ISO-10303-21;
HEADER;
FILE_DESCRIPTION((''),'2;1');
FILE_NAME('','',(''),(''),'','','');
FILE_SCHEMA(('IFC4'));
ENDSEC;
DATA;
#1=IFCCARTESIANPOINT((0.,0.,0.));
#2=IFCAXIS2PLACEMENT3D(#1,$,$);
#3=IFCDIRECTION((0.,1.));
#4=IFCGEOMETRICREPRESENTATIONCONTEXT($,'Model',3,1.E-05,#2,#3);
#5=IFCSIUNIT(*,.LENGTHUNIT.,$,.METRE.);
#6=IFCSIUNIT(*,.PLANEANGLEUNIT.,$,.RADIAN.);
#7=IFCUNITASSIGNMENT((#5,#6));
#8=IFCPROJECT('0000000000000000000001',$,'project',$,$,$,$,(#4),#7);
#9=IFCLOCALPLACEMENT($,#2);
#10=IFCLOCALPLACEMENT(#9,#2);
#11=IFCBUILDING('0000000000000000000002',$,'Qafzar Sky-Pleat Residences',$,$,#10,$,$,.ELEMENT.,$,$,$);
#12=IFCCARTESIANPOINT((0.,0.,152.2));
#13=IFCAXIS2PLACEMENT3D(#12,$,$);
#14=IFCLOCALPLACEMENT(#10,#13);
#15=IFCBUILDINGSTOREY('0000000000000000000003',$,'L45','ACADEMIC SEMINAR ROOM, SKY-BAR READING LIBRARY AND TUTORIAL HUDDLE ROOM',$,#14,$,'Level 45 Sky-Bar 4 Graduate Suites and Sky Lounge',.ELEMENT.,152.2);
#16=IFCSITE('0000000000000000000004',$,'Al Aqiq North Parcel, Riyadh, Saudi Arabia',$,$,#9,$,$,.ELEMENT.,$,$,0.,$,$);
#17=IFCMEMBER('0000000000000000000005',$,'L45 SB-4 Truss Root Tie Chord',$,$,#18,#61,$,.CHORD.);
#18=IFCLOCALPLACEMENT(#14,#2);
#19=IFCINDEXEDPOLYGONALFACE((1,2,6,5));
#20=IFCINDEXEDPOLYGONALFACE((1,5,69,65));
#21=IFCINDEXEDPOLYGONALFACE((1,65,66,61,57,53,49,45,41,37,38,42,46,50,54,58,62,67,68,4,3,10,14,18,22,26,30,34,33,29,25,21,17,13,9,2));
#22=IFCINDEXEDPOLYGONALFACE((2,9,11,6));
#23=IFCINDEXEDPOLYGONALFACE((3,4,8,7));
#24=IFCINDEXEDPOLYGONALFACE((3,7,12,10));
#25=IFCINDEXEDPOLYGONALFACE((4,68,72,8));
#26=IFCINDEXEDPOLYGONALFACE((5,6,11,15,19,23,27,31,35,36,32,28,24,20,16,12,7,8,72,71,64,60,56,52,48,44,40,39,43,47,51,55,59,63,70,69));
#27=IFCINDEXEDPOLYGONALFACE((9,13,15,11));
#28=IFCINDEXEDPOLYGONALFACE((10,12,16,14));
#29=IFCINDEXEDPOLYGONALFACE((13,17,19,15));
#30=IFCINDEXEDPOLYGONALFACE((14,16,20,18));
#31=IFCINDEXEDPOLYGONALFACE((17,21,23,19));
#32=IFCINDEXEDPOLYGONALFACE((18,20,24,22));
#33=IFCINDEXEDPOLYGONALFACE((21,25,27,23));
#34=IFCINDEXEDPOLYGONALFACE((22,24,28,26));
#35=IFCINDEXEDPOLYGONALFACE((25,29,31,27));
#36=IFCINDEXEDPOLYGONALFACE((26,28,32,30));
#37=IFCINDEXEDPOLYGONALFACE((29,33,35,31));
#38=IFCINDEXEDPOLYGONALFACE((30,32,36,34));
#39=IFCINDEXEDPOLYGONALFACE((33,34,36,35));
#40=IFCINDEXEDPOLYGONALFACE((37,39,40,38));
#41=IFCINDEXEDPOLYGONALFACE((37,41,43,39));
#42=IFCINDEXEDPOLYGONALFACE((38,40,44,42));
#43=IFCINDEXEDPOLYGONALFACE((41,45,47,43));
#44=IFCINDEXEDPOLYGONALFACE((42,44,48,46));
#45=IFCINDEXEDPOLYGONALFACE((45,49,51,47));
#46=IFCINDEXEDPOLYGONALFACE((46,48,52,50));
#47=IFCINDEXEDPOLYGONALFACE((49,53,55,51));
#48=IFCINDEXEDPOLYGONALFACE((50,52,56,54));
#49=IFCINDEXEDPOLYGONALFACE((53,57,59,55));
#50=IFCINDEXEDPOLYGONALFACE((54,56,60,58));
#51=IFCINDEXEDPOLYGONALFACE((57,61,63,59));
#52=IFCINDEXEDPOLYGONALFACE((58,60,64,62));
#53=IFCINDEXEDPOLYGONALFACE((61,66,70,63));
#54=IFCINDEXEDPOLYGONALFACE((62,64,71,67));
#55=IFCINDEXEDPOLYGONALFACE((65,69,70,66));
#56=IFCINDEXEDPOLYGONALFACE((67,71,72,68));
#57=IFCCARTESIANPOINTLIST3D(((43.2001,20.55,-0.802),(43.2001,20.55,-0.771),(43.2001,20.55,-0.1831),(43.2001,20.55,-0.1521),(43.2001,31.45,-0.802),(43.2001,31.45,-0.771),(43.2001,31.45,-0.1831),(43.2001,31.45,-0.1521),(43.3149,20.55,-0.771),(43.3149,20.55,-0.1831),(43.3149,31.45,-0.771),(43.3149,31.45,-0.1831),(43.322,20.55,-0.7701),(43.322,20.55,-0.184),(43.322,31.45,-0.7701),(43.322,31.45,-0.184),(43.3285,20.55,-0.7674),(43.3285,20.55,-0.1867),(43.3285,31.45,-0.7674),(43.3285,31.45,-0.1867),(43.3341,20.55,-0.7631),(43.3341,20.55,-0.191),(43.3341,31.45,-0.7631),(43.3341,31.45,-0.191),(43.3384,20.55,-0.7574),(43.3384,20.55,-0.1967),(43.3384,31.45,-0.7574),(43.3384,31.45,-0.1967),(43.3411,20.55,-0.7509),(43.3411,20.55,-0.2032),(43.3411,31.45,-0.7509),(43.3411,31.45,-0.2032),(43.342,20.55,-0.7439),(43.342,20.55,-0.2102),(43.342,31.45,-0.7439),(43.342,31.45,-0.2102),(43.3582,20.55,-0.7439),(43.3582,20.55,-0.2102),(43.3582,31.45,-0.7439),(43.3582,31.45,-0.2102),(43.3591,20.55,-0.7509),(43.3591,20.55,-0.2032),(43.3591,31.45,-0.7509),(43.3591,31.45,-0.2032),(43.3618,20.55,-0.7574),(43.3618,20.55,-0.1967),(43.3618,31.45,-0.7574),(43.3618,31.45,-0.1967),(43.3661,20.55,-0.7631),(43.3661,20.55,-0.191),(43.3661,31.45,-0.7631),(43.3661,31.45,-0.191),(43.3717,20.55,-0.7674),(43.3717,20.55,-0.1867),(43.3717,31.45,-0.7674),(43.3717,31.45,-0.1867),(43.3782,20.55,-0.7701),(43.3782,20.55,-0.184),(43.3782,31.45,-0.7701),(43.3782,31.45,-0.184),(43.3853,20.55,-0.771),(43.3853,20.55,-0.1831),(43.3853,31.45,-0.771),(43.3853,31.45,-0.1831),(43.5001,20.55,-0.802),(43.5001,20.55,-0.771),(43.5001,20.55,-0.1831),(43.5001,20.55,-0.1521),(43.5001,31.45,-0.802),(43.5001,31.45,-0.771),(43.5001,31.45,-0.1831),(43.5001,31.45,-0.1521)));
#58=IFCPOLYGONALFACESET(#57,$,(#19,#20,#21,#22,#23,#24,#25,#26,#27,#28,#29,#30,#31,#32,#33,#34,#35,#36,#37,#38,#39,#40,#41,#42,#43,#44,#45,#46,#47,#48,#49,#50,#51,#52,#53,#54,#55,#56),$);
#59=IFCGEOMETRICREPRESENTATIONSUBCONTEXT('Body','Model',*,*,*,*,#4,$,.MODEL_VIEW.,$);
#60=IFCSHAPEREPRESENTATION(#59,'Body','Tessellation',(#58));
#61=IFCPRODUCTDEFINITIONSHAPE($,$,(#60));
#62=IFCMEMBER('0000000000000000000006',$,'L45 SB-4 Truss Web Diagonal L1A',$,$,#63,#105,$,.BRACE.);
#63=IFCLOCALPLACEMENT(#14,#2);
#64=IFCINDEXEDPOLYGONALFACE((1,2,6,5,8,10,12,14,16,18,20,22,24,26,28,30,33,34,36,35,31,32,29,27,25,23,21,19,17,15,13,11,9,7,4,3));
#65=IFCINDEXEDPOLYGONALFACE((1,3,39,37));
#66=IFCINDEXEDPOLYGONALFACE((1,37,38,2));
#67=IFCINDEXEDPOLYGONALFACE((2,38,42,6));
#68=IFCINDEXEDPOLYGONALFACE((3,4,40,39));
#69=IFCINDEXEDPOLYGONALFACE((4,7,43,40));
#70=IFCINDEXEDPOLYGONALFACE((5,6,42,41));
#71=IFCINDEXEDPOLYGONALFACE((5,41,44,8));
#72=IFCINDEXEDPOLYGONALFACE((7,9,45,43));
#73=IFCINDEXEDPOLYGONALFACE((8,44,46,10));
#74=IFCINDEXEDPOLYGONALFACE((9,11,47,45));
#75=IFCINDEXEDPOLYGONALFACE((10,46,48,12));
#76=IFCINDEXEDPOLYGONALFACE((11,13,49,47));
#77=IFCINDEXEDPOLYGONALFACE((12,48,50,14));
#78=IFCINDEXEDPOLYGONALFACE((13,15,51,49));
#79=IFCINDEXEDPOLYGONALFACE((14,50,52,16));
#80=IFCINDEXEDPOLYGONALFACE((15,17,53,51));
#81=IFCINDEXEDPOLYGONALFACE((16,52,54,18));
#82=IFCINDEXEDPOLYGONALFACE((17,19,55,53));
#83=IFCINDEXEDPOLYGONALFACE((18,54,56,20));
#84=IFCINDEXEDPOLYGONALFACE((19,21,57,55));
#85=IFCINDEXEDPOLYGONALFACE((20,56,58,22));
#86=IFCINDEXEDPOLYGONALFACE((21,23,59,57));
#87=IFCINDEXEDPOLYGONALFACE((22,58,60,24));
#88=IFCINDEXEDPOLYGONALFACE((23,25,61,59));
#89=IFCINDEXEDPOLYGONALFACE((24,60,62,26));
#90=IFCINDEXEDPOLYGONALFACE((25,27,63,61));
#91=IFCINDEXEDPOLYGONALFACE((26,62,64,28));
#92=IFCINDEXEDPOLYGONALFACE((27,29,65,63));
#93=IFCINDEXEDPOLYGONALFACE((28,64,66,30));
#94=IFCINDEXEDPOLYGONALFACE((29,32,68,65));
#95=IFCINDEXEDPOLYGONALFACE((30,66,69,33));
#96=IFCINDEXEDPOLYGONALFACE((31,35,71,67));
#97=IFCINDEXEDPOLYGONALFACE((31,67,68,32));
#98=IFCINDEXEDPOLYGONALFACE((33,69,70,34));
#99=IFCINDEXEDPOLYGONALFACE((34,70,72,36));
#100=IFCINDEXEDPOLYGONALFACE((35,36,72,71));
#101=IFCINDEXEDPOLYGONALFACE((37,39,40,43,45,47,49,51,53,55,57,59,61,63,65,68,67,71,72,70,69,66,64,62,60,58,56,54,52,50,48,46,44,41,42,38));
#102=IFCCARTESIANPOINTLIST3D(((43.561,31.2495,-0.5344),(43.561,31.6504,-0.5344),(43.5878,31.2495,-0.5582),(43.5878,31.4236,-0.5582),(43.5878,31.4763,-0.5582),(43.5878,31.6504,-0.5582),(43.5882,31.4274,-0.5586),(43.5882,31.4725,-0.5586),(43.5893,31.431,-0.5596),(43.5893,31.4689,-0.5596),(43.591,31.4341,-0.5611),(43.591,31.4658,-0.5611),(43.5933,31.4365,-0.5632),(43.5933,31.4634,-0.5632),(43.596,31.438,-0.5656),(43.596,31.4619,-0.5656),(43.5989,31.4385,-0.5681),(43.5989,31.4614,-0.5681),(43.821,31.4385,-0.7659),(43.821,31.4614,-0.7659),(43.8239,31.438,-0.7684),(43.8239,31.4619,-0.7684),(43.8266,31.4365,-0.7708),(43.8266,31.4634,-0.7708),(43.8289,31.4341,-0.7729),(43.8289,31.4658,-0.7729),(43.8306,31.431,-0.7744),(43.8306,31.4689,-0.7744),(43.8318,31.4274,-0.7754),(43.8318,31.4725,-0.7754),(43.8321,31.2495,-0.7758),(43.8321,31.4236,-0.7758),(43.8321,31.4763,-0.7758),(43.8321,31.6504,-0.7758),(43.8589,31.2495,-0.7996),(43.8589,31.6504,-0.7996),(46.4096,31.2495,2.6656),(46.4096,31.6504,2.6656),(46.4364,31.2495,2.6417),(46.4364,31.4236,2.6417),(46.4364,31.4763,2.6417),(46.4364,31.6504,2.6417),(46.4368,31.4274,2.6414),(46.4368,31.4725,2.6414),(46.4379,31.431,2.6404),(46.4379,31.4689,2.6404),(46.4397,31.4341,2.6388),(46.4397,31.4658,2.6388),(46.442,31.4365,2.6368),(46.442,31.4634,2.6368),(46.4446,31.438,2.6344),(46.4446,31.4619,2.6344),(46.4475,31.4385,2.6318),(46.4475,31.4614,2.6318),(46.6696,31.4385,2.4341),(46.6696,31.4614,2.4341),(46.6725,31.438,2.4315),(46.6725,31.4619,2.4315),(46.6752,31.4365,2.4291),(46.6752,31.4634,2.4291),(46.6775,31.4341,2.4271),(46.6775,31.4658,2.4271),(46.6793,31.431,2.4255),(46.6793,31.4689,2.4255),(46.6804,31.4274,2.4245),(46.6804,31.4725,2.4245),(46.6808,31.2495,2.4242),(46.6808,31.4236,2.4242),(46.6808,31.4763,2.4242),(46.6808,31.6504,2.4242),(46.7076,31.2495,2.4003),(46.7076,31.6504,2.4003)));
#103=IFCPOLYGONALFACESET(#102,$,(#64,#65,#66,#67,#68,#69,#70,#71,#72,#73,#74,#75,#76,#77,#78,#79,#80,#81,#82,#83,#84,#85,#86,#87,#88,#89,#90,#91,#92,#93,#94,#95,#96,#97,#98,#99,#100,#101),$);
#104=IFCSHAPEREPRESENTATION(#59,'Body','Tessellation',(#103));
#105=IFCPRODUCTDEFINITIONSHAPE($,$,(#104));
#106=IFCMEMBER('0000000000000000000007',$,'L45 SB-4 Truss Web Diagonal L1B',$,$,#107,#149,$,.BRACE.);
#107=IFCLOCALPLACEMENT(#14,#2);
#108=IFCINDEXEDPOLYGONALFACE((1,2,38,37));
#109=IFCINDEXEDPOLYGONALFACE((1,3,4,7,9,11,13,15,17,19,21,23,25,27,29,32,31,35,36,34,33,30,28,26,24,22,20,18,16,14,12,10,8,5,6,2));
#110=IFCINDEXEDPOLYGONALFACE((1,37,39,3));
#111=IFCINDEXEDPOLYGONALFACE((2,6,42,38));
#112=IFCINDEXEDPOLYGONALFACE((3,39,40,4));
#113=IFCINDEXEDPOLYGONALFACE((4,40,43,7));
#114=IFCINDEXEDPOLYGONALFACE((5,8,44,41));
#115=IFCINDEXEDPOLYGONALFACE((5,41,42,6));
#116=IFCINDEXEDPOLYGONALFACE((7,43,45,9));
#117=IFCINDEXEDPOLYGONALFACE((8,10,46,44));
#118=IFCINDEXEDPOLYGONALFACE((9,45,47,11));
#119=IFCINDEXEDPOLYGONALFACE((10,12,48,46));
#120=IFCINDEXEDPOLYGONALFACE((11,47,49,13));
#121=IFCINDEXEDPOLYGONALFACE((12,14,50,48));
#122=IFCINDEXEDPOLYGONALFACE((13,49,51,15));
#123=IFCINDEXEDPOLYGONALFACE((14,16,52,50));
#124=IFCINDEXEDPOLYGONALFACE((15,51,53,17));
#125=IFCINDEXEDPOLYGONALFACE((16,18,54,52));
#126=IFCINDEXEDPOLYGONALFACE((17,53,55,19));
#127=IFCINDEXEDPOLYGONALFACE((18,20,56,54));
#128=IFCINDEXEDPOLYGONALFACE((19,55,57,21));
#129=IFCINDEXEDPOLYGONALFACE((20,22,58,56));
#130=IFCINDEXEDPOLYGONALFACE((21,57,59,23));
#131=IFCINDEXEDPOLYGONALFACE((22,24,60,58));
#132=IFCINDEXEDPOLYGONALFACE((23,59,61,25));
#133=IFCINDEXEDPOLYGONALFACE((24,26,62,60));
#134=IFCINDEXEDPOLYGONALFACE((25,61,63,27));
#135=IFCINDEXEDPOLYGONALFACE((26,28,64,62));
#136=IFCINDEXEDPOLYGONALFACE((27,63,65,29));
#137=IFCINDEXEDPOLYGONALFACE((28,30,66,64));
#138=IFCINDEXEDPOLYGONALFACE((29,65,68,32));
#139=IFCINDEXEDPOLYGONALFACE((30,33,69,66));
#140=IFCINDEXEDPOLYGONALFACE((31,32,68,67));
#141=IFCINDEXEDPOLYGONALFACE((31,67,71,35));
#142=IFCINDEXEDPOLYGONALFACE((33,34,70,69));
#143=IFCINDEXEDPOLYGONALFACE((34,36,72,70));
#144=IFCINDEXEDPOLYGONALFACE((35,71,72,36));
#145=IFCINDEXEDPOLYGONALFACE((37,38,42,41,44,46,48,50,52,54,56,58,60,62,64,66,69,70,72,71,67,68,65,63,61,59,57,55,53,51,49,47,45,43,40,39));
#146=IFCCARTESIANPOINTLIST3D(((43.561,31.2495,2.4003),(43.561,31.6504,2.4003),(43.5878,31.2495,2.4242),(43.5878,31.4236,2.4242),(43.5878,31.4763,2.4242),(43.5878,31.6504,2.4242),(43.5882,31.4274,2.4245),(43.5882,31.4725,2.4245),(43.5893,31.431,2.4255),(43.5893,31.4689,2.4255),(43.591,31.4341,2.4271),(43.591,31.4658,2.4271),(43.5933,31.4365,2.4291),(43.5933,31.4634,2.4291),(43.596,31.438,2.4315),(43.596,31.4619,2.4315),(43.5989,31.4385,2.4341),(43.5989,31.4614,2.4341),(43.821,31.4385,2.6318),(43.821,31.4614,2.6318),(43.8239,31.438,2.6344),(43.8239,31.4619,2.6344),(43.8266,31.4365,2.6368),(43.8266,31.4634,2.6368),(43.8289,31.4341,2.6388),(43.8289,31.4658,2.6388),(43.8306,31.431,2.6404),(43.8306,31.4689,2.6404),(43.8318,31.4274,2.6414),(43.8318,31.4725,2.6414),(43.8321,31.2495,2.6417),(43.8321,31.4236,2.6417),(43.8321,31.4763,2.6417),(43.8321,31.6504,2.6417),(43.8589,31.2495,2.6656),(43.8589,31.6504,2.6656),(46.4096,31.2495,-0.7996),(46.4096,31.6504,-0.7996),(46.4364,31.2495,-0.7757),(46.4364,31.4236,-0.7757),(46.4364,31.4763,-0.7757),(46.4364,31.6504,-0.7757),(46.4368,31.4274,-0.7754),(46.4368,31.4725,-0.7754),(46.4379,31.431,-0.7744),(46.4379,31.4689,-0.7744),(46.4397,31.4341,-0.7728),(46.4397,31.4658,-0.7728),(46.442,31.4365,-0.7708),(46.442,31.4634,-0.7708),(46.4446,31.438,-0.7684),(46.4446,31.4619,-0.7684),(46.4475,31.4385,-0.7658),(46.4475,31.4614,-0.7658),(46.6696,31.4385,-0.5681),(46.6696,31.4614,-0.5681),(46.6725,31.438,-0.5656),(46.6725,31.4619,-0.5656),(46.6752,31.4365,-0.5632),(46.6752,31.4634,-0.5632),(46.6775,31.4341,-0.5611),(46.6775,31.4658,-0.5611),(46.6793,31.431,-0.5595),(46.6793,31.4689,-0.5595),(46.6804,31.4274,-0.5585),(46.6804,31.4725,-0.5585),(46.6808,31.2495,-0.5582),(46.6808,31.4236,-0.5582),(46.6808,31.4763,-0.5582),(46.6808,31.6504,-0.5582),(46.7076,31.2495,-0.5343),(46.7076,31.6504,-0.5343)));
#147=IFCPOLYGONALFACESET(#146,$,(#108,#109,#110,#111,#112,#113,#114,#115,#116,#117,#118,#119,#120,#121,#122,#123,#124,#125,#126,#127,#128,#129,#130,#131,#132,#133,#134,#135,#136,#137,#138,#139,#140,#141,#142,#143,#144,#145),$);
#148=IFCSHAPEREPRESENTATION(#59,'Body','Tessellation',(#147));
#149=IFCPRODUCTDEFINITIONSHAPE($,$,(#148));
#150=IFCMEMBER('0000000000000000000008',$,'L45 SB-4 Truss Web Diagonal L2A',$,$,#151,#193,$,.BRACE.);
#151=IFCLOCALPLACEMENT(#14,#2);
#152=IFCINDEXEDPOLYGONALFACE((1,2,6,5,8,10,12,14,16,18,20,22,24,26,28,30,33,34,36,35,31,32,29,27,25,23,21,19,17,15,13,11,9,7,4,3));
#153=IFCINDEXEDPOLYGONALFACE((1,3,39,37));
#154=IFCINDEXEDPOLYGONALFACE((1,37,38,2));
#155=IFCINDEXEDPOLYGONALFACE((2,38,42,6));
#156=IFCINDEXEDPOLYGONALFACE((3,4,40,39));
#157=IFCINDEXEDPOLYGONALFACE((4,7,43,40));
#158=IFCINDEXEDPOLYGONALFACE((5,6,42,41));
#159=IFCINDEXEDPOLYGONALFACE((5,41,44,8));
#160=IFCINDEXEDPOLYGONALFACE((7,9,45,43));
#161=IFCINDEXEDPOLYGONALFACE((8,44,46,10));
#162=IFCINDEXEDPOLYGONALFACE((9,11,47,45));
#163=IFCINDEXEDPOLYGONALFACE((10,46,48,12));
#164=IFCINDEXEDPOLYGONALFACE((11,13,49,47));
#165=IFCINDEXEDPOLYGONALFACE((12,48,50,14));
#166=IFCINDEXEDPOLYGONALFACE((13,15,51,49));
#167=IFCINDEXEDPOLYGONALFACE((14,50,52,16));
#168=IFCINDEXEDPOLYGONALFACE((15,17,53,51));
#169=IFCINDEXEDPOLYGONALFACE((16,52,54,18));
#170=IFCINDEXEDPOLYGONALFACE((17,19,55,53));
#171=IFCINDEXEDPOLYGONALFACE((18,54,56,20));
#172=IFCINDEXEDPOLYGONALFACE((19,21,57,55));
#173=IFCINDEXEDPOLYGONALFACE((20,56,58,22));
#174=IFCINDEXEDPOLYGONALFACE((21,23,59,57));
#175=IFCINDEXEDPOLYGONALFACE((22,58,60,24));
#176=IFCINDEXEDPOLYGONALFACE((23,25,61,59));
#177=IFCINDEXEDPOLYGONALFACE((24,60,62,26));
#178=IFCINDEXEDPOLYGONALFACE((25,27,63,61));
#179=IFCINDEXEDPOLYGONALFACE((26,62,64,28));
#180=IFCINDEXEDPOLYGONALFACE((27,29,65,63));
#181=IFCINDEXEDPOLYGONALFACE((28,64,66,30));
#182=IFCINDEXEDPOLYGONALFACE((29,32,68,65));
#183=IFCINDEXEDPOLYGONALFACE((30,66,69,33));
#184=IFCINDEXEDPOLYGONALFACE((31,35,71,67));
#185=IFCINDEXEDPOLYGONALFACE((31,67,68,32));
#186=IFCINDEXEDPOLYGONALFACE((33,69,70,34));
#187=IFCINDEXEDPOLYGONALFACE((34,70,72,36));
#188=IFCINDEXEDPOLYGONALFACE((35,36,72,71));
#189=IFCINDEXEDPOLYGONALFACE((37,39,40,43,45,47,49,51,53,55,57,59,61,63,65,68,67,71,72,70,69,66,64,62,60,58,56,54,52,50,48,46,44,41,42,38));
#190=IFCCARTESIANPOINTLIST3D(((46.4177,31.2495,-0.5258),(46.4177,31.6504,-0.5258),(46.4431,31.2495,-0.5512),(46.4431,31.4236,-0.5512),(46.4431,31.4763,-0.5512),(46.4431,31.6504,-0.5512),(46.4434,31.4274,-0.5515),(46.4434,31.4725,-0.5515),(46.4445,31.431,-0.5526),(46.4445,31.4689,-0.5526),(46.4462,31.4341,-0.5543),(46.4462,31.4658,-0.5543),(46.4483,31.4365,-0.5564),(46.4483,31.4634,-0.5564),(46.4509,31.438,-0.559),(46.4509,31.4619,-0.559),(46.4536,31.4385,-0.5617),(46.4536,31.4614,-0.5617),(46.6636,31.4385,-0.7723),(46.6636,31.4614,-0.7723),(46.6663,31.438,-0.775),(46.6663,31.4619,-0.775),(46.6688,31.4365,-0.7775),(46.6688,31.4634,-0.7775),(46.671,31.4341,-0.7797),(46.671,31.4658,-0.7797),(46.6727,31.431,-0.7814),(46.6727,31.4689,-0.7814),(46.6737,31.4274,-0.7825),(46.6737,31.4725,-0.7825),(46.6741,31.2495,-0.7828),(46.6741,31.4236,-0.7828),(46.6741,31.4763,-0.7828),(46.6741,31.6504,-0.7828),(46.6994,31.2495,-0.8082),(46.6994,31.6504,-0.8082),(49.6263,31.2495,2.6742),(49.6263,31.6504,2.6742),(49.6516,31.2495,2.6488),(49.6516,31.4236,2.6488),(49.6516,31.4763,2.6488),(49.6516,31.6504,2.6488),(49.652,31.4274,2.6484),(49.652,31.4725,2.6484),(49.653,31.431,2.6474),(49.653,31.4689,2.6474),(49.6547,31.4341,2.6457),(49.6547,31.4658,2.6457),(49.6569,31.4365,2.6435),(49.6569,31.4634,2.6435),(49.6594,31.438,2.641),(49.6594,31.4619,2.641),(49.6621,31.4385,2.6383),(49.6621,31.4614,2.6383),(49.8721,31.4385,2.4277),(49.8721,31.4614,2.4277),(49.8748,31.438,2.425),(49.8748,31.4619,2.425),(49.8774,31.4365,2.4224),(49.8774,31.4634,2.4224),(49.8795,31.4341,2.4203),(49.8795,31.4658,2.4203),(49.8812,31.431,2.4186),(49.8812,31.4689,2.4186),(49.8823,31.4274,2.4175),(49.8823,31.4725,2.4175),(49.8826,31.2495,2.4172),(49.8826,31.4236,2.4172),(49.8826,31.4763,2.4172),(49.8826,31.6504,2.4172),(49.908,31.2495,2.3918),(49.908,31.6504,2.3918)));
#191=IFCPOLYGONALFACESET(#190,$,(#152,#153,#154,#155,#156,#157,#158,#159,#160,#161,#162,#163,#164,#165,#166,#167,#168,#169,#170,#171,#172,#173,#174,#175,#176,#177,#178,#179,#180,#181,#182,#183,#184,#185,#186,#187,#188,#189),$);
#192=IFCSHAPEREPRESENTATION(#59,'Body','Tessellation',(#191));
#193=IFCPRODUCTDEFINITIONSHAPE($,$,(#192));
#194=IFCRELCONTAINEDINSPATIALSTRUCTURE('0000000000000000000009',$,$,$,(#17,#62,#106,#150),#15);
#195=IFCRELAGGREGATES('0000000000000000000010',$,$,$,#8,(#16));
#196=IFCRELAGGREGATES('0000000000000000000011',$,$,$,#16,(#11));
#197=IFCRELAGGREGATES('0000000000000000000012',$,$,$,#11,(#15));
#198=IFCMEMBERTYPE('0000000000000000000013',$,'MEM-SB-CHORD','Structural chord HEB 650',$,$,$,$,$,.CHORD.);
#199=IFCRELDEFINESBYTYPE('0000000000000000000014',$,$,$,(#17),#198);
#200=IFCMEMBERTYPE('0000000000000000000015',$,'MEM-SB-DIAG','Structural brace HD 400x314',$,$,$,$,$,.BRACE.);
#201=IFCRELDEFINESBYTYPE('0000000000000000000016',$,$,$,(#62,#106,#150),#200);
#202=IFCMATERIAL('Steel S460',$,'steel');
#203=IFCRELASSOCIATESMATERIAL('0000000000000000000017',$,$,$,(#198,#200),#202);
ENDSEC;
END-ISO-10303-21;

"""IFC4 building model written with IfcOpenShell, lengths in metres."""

from ifc_helpers import new_model, si_unit, direction, frame, origin, origin_2d, place, context, subcontext, project, spatial, i_section, extrude, source, transform, mapped, material, material_profile, profile_set, type_object, element, save


model = new_model("IFC4")

# Units and contexts
model_context = context("Model", 3, precision=1e-05, world=origin(), true_north=direction((0.0, 1.0)))
body_context = subcontext(model_context, "Body", "Model", "MODEL_VIEW")
ifc_project = project(units=[si_unit("LENGTHUNIT", "METRE"), si_unit("PLANEANGLEUNIT", "RADIAN")], contexts=[model_context])

# Site, building, storey
site_placement = place(None, origin())
site = spatial("IfcSite", under=ifc_project, at=site_placement, Name="Al Aqiq North Parcel, Riyadh, Saudi Arabia", CompositionType="ELEMENT", RefElevation=0.0)
building_placement = place(site_placement, origin())
building = spatial("IfcBuilding", under=site, at=building_placement, Name="Qafzar Sky-Pleat Residences", CompositionType="ELEMENT")
storey_placement = place(building_placement, frame((0.0, 0.0, 152.2)))
storey = spatial("IfcBuildingStorey", under=building, at=storey_placement, Name="L45", Description="ACADEMIC SEMINAR ROOM, SKY-BAR READING LIBRARY AND TUTORIAL HUDDLE ROOM", LongName="Level 45 Sky-Bar 4 Graduate Suites and Sky Lounge", CompositionType="ELEMENT", Elevation=152.2)

# Shared definitions
ifc_material_1 = material(Name="Steel S460", Category="steel")

# Members
ifc_material_profile_1 = material_profile(ifc_material_1, i_section(OverallWidth=0.3, OverallDepth=0.6499, WebThickness=0.0161, FlangeThickness=0.031, FilletRadius=0.0271, at=origin_2d()), Name="HEB 650")
ifc_profile_set_1 = profile_set([ifc_material_profile_1], Name="Steel S460")
member_type_1 = type_object("IfcMemberType", Name="MEM-SB-CHORD", Description="Structural chord HEB 650", PredefinedType="CHORD", material=ifc_profile_set_1)
shared_shape_1 = source(origin(), body_context, "Body", "SweptSolid", [
    extrude(i_section(OverallWidth=0.3, OverallDepth=0.6499, WebThickness=0.0161, FlangeThickness=0.031, FilletRadius=0.0271, at=origin_2d()), origin(), (0.0, 0.0, 1.0), 10.8999),
])
member_1_placement = place(storey_placement, frame((43.3501, 31.45, -0.4771), z_axis=(0.0, -1.0, 0.0), x_axis=(1.0, 0.0, 0.0)))
element("IfcMember", 1, at=member_1_placement, inside=storey, type_object=member_type_1, Name="L45 SB-4 Truss Root Tie Chord", PredefinedType="CHORD", context=body_context, shape_type="MappedRepresentation", body=[
    mapped(shared_shape_1, transform((0.0, 0.0, 0.0), x_axis=(1.0, 0.0, 0.0), y_axis=(0.0, 1.0, 0.0), z_axis=(0.0, 0.0, 1.0), scale=1.0)),
])
ifc_material_profile_2 = material_profile(ifc_material_1, i_section(OverallWidth=0.4009, OverallDepth=0.3989, WebThickness=0.0229, FlangeThickness=0.0359, FilletRadius=0.0149, at=origin_2d()), Name="HD 400x314")
ifc_profile_set_2 = profile_set([ifc_material_profile_2], Name="Steel S460")
member_type_2 = type_object("IfcMemberType", Name="MEM-SB-DIAG", Description="Structural brace HD 400x314", PredefinedType="BRACE", material=ifc_profile_set_2)
shared_shape_2 = source(origin(), body_context, "Body", "SweptSolid", [
    extrude(i_section(OverallWidth=0.4009, OverallDepth=0.3989, WebThickness=0.0229, FlangeThickness=0.0359, FilletRadius=0.0149, at=origin_2d()), origin(), (0.0, 0.0, 1.0), 4.2842),
])
for number, where, z_axis, x_axis, name in (
    (2, (43.71, 31.45, -0.667), (0.664915, 0.0, 0.746919), (0.0, 1.0, 0.0), "L45 SB-4 Truss Web Diagonal L1A"),
    (3, (43.71, 31.45, 2.533), (0.664915, 0.0, -0.746919), (0.0, 1.0, 0.0), "L45 SB-4 Truss Web Diagonal L1B"),
):
    element("IfcMember", number, at=place(storey_placement, frame(where, z_axis=z_axis, x_axis=x_axis)), inside=storey, type_object=member_type_2, Name=name, PredefinedType="BRACE", context=body_context, shape_type="MappedRepresentation", body=[
        mapped(shared_shape_2, transform((0.0, 0.0, 0.0), x_axis=(1.0, 0.0, 0.0), y_axis=(0.0, 1.0, 0.0), z_axis=(0.0, 0.0, 1.0), scale=1.0)),
    ])
shared_shape_3 = source(origin(), body_context, "Body", "SweptSolid", [
    extrude(i_section(OverallWidth=0.4009, OverallDepth=0.3989, WebThickness=0.0229, FlangeThickness=0.0359, FilletRadius=0.0149, at=origin_2d()), origin(), (0.0, 0.0, 1.0), 4.5315),
])
for number, where, z_axis, x_axis, name in (
    (4, (46.5586, 31.45, -0.667), (0.708049, 0.0, 0.706163), (0.0, 1.0, 0.0), "L45 SB-4 Truss Web Diagonal L2A"),
):
    element("IfcMember", number, at=place(storey_placement, frame(where, z_axis=z_axis, x_axis=x_axis)), inside=storey, type_object=member_type_2, Name=name, PredefinedType="BRACE", context=body_context, shape_type="MappedRepresentation", body=[
        mapped(shared_shape_3, transform((0.0, 0.0, 0.0), x_axis=(1.0, 0.0, 0.0), y_axis=(0.0, 1.0, 0.0), z_axis=(0.0, 0.0, 1.0), scale=1.0)),
    ])

save(model, "model.ifc")
